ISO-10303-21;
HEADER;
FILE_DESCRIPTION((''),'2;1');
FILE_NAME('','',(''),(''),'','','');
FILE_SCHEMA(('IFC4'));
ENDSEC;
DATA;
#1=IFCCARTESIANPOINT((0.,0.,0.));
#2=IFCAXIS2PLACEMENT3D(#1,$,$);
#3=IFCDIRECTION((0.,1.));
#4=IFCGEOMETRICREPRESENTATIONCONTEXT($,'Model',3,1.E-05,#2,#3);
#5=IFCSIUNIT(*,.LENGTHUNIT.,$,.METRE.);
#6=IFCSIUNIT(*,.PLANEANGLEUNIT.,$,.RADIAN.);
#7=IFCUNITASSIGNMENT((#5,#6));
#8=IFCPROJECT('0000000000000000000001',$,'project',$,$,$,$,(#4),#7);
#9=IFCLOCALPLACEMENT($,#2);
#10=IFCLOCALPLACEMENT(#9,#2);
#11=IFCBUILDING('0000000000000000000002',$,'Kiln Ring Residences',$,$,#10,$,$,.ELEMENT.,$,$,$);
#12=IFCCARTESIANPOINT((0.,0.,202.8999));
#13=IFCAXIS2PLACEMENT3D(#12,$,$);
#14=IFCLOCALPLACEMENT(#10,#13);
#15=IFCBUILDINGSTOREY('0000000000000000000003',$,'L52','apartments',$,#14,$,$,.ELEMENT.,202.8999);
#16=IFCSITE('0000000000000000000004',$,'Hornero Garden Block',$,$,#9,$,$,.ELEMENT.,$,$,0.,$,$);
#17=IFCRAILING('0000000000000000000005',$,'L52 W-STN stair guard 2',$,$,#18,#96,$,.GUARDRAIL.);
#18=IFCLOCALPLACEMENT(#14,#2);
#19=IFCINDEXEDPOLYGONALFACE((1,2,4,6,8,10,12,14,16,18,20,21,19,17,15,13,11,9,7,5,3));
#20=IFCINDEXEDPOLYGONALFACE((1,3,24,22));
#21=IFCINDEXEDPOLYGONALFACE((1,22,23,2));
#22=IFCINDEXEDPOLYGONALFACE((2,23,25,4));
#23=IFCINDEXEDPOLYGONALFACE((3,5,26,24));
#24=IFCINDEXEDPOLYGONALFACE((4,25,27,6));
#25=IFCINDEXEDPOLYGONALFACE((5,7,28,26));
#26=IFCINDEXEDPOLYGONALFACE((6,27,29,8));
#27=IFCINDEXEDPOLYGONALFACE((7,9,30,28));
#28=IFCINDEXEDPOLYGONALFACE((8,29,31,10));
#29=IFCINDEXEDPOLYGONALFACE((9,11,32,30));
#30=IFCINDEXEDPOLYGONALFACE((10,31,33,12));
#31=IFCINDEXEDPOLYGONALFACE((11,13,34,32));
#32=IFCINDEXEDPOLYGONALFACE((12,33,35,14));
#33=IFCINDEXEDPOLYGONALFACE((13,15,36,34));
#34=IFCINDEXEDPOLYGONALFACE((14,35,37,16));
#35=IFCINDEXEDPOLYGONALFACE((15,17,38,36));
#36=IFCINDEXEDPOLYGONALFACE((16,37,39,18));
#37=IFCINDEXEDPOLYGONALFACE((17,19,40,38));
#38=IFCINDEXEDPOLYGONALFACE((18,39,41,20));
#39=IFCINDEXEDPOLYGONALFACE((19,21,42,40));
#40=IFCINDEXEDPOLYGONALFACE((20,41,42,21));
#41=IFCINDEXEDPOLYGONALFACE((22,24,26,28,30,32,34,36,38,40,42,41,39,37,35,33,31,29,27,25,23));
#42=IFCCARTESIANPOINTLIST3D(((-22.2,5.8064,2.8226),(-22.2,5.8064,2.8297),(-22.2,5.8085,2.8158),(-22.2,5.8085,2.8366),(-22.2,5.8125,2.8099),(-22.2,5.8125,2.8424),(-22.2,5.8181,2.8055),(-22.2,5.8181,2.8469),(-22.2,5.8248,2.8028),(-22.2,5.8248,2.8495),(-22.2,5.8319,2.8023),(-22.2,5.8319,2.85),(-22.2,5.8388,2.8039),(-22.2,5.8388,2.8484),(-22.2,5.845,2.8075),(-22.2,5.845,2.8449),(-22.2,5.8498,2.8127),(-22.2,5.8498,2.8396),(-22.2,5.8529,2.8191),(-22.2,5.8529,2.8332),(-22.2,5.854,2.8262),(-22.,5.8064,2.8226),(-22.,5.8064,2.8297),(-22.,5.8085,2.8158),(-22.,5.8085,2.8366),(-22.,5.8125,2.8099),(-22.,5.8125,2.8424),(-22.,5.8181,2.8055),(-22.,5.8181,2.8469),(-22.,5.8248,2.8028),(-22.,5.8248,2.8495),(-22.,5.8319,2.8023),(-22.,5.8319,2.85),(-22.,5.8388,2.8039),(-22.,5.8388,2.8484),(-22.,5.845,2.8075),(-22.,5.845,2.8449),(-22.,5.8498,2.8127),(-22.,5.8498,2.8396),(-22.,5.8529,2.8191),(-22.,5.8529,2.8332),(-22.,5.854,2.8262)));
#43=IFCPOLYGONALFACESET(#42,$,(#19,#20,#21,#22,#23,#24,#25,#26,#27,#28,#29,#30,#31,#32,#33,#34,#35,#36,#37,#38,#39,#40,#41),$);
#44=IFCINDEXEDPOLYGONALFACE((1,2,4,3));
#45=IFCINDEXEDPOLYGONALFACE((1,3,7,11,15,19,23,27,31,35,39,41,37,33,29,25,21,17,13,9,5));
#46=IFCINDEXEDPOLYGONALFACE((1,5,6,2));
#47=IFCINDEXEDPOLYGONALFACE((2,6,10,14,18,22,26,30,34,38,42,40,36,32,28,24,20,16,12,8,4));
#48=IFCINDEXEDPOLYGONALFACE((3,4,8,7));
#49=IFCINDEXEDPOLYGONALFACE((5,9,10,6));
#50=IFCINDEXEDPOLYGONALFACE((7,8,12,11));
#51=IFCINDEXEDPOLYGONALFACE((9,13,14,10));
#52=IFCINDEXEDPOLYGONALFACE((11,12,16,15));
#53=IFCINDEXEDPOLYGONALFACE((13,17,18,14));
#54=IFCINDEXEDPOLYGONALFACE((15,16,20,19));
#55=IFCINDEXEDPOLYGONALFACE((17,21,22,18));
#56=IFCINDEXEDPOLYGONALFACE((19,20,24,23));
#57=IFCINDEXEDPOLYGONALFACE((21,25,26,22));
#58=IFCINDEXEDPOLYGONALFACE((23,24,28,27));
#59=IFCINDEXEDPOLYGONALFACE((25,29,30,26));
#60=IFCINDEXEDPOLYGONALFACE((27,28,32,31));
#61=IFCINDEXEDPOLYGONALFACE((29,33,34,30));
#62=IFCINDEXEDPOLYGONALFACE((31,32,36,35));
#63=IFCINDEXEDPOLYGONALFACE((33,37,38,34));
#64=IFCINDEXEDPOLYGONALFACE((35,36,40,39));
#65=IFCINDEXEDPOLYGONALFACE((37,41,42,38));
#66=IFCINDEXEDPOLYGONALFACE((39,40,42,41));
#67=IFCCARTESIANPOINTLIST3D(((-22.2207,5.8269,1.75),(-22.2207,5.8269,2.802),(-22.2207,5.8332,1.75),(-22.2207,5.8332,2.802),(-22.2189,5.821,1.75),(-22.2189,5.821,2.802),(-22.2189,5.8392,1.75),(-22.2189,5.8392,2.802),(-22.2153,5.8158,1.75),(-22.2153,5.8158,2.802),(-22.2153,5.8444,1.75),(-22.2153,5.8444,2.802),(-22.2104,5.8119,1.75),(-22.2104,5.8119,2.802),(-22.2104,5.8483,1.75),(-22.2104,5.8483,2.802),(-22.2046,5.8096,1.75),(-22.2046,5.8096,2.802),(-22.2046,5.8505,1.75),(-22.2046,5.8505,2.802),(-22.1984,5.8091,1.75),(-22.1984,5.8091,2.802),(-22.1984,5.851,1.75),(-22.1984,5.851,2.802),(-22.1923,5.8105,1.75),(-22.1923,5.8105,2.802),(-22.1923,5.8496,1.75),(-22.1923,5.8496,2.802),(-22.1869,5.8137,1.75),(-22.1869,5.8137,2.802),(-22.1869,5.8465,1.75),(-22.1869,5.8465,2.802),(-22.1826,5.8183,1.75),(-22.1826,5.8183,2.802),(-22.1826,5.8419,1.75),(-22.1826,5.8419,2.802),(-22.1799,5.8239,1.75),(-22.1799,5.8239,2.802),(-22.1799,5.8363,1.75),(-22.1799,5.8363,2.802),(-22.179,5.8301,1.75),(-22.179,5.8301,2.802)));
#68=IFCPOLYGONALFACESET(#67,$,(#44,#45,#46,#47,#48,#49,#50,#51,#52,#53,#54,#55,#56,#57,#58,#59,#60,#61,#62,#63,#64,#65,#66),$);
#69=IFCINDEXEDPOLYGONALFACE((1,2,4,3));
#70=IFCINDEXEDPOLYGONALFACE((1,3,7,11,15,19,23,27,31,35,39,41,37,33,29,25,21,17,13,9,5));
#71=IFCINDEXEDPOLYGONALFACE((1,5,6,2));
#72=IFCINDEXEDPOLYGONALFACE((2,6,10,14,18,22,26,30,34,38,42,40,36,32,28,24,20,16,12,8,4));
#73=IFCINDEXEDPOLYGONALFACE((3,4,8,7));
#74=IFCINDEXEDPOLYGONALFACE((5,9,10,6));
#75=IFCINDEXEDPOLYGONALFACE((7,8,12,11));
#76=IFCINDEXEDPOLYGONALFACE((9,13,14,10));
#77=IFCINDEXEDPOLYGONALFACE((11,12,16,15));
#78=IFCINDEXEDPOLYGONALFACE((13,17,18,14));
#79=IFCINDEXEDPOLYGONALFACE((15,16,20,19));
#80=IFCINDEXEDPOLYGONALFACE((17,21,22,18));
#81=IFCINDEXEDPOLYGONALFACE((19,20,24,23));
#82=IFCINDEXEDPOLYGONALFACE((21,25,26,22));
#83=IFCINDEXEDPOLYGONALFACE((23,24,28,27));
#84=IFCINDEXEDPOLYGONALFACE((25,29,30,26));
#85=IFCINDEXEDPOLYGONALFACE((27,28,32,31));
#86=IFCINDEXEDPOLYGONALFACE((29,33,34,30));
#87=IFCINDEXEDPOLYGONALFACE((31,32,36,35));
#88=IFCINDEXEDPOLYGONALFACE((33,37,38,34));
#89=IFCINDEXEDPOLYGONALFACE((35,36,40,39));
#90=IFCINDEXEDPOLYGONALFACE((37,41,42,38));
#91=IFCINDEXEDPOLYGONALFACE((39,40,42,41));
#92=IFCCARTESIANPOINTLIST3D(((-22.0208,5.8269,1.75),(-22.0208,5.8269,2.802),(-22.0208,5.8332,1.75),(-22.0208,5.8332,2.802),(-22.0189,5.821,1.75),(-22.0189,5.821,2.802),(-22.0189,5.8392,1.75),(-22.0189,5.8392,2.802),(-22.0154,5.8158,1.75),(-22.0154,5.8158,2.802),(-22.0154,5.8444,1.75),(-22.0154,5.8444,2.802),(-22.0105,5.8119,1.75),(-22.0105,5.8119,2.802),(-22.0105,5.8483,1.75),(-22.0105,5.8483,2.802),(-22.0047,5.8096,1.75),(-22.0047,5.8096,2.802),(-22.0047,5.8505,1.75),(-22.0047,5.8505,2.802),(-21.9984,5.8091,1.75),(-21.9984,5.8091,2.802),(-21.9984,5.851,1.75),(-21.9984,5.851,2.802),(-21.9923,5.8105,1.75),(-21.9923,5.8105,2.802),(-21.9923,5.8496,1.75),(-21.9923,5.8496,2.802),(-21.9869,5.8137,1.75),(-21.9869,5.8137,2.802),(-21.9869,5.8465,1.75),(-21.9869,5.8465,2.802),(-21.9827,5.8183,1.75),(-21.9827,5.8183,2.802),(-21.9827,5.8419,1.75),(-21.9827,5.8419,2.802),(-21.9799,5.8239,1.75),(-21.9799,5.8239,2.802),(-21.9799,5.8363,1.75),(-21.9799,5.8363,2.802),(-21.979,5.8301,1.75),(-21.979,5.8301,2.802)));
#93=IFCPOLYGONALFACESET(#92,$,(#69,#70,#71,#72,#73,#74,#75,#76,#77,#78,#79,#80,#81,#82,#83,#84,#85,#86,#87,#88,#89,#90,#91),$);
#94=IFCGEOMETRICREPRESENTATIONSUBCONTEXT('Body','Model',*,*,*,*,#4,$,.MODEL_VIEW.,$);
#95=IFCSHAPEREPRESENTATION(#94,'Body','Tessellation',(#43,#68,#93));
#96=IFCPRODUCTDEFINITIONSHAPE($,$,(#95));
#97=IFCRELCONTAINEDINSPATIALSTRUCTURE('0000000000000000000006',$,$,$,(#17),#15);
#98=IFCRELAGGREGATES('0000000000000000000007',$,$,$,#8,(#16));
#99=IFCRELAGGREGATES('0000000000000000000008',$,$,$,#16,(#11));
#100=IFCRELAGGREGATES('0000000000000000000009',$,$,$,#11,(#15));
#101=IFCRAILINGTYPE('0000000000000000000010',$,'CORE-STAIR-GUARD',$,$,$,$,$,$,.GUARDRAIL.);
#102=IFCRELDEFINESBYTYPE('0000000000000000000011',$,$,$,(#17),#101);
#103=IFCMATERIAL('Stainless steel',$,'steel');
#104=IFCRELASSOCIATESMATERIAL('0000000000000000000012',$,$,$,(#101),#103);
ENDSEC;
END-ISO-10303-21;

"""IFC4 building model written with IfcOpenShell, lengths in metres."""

from ifc_helpers import new_model, si_unit, direction, frame, origin, origin_2d, place, context, subcontext, project, spatial, circle, extrude, material, type_object, element, save


model = new_model("IFC4")

# Units and contexts
model_context = context("Model", 3, precision=1e-05, world=origin(), true_north=direction((0.0, 1.0)))
body_context = subcontext(model_context, "Body", "Model", "MODEL_VIEW")
ifc_project = project(units=[si_unit("LENGTHUNIT", "METRE"), si_unit("PLANEANGLEUNIT", "RADIAN")], contexts=[model_context])

# Site, building, storey
site_placement = place(None, origin())
site = spatial("IfcSite", under=ifc_project, at=site_placement, Name="Hornero Garden Block", CompositionType="ELEMENT", RefElevation=0.0)
building_placement = place(site_placement, origin())
building = spatial("IfcBuilding", under=site, at=building_placement, Name="Kiln Ring Residences", CompositionType="ELEMENT")
storey_placement = place(building_placement, frame((0.0, 0.0, 202.8999)))
storey = spatial("IfcBuildingStorey", under=building, at=storey_placement, Name="L52", Description="apartments", CompositionType="ELEMENT", Elevation=202.8999)

# Railing
ifc_material_1 = material(Name="Stainless steel", Category="steel")
railing_type_1 = type_object("IfcRailingType", Name="CORE-STAIR-GUARD", PredefinedType="GUARDRAIL", material=ifc_material_1)
railing_1_placement = place(storey_placement, frame((-22.2, 5.8301, 1.75)))
element("IfcRailing", 1, at=railing_1_placement, inside=storey, type_object=railing_type_1, Name="L52 W-STN stair guard 2", PredefinedType="GUARDRAIL", context=body_context, shape_type="SweptSolid", body=[
    extrude(circle(Radius=0.0239, at=origin_2d()), frame((0.0, 0.0, 1.0762), z_axis=(1.0, 0.0, 0.0), x_axis=(0.0, 1.0, 0.0)), (0.0, 0.0, 1.0), 0.2),
    extrude(circle(Radius=0.021, at=origin_2d()), origin(), (0.0, 0.0, 1.0), 1.052),
    extrude(circle(Radius=0.021, at=origin_2d()), frame((0.2, 0.0, 0.0)), (0.0, 0.0, 1.0), 1.052),
])

save(model, "model.ifc")
